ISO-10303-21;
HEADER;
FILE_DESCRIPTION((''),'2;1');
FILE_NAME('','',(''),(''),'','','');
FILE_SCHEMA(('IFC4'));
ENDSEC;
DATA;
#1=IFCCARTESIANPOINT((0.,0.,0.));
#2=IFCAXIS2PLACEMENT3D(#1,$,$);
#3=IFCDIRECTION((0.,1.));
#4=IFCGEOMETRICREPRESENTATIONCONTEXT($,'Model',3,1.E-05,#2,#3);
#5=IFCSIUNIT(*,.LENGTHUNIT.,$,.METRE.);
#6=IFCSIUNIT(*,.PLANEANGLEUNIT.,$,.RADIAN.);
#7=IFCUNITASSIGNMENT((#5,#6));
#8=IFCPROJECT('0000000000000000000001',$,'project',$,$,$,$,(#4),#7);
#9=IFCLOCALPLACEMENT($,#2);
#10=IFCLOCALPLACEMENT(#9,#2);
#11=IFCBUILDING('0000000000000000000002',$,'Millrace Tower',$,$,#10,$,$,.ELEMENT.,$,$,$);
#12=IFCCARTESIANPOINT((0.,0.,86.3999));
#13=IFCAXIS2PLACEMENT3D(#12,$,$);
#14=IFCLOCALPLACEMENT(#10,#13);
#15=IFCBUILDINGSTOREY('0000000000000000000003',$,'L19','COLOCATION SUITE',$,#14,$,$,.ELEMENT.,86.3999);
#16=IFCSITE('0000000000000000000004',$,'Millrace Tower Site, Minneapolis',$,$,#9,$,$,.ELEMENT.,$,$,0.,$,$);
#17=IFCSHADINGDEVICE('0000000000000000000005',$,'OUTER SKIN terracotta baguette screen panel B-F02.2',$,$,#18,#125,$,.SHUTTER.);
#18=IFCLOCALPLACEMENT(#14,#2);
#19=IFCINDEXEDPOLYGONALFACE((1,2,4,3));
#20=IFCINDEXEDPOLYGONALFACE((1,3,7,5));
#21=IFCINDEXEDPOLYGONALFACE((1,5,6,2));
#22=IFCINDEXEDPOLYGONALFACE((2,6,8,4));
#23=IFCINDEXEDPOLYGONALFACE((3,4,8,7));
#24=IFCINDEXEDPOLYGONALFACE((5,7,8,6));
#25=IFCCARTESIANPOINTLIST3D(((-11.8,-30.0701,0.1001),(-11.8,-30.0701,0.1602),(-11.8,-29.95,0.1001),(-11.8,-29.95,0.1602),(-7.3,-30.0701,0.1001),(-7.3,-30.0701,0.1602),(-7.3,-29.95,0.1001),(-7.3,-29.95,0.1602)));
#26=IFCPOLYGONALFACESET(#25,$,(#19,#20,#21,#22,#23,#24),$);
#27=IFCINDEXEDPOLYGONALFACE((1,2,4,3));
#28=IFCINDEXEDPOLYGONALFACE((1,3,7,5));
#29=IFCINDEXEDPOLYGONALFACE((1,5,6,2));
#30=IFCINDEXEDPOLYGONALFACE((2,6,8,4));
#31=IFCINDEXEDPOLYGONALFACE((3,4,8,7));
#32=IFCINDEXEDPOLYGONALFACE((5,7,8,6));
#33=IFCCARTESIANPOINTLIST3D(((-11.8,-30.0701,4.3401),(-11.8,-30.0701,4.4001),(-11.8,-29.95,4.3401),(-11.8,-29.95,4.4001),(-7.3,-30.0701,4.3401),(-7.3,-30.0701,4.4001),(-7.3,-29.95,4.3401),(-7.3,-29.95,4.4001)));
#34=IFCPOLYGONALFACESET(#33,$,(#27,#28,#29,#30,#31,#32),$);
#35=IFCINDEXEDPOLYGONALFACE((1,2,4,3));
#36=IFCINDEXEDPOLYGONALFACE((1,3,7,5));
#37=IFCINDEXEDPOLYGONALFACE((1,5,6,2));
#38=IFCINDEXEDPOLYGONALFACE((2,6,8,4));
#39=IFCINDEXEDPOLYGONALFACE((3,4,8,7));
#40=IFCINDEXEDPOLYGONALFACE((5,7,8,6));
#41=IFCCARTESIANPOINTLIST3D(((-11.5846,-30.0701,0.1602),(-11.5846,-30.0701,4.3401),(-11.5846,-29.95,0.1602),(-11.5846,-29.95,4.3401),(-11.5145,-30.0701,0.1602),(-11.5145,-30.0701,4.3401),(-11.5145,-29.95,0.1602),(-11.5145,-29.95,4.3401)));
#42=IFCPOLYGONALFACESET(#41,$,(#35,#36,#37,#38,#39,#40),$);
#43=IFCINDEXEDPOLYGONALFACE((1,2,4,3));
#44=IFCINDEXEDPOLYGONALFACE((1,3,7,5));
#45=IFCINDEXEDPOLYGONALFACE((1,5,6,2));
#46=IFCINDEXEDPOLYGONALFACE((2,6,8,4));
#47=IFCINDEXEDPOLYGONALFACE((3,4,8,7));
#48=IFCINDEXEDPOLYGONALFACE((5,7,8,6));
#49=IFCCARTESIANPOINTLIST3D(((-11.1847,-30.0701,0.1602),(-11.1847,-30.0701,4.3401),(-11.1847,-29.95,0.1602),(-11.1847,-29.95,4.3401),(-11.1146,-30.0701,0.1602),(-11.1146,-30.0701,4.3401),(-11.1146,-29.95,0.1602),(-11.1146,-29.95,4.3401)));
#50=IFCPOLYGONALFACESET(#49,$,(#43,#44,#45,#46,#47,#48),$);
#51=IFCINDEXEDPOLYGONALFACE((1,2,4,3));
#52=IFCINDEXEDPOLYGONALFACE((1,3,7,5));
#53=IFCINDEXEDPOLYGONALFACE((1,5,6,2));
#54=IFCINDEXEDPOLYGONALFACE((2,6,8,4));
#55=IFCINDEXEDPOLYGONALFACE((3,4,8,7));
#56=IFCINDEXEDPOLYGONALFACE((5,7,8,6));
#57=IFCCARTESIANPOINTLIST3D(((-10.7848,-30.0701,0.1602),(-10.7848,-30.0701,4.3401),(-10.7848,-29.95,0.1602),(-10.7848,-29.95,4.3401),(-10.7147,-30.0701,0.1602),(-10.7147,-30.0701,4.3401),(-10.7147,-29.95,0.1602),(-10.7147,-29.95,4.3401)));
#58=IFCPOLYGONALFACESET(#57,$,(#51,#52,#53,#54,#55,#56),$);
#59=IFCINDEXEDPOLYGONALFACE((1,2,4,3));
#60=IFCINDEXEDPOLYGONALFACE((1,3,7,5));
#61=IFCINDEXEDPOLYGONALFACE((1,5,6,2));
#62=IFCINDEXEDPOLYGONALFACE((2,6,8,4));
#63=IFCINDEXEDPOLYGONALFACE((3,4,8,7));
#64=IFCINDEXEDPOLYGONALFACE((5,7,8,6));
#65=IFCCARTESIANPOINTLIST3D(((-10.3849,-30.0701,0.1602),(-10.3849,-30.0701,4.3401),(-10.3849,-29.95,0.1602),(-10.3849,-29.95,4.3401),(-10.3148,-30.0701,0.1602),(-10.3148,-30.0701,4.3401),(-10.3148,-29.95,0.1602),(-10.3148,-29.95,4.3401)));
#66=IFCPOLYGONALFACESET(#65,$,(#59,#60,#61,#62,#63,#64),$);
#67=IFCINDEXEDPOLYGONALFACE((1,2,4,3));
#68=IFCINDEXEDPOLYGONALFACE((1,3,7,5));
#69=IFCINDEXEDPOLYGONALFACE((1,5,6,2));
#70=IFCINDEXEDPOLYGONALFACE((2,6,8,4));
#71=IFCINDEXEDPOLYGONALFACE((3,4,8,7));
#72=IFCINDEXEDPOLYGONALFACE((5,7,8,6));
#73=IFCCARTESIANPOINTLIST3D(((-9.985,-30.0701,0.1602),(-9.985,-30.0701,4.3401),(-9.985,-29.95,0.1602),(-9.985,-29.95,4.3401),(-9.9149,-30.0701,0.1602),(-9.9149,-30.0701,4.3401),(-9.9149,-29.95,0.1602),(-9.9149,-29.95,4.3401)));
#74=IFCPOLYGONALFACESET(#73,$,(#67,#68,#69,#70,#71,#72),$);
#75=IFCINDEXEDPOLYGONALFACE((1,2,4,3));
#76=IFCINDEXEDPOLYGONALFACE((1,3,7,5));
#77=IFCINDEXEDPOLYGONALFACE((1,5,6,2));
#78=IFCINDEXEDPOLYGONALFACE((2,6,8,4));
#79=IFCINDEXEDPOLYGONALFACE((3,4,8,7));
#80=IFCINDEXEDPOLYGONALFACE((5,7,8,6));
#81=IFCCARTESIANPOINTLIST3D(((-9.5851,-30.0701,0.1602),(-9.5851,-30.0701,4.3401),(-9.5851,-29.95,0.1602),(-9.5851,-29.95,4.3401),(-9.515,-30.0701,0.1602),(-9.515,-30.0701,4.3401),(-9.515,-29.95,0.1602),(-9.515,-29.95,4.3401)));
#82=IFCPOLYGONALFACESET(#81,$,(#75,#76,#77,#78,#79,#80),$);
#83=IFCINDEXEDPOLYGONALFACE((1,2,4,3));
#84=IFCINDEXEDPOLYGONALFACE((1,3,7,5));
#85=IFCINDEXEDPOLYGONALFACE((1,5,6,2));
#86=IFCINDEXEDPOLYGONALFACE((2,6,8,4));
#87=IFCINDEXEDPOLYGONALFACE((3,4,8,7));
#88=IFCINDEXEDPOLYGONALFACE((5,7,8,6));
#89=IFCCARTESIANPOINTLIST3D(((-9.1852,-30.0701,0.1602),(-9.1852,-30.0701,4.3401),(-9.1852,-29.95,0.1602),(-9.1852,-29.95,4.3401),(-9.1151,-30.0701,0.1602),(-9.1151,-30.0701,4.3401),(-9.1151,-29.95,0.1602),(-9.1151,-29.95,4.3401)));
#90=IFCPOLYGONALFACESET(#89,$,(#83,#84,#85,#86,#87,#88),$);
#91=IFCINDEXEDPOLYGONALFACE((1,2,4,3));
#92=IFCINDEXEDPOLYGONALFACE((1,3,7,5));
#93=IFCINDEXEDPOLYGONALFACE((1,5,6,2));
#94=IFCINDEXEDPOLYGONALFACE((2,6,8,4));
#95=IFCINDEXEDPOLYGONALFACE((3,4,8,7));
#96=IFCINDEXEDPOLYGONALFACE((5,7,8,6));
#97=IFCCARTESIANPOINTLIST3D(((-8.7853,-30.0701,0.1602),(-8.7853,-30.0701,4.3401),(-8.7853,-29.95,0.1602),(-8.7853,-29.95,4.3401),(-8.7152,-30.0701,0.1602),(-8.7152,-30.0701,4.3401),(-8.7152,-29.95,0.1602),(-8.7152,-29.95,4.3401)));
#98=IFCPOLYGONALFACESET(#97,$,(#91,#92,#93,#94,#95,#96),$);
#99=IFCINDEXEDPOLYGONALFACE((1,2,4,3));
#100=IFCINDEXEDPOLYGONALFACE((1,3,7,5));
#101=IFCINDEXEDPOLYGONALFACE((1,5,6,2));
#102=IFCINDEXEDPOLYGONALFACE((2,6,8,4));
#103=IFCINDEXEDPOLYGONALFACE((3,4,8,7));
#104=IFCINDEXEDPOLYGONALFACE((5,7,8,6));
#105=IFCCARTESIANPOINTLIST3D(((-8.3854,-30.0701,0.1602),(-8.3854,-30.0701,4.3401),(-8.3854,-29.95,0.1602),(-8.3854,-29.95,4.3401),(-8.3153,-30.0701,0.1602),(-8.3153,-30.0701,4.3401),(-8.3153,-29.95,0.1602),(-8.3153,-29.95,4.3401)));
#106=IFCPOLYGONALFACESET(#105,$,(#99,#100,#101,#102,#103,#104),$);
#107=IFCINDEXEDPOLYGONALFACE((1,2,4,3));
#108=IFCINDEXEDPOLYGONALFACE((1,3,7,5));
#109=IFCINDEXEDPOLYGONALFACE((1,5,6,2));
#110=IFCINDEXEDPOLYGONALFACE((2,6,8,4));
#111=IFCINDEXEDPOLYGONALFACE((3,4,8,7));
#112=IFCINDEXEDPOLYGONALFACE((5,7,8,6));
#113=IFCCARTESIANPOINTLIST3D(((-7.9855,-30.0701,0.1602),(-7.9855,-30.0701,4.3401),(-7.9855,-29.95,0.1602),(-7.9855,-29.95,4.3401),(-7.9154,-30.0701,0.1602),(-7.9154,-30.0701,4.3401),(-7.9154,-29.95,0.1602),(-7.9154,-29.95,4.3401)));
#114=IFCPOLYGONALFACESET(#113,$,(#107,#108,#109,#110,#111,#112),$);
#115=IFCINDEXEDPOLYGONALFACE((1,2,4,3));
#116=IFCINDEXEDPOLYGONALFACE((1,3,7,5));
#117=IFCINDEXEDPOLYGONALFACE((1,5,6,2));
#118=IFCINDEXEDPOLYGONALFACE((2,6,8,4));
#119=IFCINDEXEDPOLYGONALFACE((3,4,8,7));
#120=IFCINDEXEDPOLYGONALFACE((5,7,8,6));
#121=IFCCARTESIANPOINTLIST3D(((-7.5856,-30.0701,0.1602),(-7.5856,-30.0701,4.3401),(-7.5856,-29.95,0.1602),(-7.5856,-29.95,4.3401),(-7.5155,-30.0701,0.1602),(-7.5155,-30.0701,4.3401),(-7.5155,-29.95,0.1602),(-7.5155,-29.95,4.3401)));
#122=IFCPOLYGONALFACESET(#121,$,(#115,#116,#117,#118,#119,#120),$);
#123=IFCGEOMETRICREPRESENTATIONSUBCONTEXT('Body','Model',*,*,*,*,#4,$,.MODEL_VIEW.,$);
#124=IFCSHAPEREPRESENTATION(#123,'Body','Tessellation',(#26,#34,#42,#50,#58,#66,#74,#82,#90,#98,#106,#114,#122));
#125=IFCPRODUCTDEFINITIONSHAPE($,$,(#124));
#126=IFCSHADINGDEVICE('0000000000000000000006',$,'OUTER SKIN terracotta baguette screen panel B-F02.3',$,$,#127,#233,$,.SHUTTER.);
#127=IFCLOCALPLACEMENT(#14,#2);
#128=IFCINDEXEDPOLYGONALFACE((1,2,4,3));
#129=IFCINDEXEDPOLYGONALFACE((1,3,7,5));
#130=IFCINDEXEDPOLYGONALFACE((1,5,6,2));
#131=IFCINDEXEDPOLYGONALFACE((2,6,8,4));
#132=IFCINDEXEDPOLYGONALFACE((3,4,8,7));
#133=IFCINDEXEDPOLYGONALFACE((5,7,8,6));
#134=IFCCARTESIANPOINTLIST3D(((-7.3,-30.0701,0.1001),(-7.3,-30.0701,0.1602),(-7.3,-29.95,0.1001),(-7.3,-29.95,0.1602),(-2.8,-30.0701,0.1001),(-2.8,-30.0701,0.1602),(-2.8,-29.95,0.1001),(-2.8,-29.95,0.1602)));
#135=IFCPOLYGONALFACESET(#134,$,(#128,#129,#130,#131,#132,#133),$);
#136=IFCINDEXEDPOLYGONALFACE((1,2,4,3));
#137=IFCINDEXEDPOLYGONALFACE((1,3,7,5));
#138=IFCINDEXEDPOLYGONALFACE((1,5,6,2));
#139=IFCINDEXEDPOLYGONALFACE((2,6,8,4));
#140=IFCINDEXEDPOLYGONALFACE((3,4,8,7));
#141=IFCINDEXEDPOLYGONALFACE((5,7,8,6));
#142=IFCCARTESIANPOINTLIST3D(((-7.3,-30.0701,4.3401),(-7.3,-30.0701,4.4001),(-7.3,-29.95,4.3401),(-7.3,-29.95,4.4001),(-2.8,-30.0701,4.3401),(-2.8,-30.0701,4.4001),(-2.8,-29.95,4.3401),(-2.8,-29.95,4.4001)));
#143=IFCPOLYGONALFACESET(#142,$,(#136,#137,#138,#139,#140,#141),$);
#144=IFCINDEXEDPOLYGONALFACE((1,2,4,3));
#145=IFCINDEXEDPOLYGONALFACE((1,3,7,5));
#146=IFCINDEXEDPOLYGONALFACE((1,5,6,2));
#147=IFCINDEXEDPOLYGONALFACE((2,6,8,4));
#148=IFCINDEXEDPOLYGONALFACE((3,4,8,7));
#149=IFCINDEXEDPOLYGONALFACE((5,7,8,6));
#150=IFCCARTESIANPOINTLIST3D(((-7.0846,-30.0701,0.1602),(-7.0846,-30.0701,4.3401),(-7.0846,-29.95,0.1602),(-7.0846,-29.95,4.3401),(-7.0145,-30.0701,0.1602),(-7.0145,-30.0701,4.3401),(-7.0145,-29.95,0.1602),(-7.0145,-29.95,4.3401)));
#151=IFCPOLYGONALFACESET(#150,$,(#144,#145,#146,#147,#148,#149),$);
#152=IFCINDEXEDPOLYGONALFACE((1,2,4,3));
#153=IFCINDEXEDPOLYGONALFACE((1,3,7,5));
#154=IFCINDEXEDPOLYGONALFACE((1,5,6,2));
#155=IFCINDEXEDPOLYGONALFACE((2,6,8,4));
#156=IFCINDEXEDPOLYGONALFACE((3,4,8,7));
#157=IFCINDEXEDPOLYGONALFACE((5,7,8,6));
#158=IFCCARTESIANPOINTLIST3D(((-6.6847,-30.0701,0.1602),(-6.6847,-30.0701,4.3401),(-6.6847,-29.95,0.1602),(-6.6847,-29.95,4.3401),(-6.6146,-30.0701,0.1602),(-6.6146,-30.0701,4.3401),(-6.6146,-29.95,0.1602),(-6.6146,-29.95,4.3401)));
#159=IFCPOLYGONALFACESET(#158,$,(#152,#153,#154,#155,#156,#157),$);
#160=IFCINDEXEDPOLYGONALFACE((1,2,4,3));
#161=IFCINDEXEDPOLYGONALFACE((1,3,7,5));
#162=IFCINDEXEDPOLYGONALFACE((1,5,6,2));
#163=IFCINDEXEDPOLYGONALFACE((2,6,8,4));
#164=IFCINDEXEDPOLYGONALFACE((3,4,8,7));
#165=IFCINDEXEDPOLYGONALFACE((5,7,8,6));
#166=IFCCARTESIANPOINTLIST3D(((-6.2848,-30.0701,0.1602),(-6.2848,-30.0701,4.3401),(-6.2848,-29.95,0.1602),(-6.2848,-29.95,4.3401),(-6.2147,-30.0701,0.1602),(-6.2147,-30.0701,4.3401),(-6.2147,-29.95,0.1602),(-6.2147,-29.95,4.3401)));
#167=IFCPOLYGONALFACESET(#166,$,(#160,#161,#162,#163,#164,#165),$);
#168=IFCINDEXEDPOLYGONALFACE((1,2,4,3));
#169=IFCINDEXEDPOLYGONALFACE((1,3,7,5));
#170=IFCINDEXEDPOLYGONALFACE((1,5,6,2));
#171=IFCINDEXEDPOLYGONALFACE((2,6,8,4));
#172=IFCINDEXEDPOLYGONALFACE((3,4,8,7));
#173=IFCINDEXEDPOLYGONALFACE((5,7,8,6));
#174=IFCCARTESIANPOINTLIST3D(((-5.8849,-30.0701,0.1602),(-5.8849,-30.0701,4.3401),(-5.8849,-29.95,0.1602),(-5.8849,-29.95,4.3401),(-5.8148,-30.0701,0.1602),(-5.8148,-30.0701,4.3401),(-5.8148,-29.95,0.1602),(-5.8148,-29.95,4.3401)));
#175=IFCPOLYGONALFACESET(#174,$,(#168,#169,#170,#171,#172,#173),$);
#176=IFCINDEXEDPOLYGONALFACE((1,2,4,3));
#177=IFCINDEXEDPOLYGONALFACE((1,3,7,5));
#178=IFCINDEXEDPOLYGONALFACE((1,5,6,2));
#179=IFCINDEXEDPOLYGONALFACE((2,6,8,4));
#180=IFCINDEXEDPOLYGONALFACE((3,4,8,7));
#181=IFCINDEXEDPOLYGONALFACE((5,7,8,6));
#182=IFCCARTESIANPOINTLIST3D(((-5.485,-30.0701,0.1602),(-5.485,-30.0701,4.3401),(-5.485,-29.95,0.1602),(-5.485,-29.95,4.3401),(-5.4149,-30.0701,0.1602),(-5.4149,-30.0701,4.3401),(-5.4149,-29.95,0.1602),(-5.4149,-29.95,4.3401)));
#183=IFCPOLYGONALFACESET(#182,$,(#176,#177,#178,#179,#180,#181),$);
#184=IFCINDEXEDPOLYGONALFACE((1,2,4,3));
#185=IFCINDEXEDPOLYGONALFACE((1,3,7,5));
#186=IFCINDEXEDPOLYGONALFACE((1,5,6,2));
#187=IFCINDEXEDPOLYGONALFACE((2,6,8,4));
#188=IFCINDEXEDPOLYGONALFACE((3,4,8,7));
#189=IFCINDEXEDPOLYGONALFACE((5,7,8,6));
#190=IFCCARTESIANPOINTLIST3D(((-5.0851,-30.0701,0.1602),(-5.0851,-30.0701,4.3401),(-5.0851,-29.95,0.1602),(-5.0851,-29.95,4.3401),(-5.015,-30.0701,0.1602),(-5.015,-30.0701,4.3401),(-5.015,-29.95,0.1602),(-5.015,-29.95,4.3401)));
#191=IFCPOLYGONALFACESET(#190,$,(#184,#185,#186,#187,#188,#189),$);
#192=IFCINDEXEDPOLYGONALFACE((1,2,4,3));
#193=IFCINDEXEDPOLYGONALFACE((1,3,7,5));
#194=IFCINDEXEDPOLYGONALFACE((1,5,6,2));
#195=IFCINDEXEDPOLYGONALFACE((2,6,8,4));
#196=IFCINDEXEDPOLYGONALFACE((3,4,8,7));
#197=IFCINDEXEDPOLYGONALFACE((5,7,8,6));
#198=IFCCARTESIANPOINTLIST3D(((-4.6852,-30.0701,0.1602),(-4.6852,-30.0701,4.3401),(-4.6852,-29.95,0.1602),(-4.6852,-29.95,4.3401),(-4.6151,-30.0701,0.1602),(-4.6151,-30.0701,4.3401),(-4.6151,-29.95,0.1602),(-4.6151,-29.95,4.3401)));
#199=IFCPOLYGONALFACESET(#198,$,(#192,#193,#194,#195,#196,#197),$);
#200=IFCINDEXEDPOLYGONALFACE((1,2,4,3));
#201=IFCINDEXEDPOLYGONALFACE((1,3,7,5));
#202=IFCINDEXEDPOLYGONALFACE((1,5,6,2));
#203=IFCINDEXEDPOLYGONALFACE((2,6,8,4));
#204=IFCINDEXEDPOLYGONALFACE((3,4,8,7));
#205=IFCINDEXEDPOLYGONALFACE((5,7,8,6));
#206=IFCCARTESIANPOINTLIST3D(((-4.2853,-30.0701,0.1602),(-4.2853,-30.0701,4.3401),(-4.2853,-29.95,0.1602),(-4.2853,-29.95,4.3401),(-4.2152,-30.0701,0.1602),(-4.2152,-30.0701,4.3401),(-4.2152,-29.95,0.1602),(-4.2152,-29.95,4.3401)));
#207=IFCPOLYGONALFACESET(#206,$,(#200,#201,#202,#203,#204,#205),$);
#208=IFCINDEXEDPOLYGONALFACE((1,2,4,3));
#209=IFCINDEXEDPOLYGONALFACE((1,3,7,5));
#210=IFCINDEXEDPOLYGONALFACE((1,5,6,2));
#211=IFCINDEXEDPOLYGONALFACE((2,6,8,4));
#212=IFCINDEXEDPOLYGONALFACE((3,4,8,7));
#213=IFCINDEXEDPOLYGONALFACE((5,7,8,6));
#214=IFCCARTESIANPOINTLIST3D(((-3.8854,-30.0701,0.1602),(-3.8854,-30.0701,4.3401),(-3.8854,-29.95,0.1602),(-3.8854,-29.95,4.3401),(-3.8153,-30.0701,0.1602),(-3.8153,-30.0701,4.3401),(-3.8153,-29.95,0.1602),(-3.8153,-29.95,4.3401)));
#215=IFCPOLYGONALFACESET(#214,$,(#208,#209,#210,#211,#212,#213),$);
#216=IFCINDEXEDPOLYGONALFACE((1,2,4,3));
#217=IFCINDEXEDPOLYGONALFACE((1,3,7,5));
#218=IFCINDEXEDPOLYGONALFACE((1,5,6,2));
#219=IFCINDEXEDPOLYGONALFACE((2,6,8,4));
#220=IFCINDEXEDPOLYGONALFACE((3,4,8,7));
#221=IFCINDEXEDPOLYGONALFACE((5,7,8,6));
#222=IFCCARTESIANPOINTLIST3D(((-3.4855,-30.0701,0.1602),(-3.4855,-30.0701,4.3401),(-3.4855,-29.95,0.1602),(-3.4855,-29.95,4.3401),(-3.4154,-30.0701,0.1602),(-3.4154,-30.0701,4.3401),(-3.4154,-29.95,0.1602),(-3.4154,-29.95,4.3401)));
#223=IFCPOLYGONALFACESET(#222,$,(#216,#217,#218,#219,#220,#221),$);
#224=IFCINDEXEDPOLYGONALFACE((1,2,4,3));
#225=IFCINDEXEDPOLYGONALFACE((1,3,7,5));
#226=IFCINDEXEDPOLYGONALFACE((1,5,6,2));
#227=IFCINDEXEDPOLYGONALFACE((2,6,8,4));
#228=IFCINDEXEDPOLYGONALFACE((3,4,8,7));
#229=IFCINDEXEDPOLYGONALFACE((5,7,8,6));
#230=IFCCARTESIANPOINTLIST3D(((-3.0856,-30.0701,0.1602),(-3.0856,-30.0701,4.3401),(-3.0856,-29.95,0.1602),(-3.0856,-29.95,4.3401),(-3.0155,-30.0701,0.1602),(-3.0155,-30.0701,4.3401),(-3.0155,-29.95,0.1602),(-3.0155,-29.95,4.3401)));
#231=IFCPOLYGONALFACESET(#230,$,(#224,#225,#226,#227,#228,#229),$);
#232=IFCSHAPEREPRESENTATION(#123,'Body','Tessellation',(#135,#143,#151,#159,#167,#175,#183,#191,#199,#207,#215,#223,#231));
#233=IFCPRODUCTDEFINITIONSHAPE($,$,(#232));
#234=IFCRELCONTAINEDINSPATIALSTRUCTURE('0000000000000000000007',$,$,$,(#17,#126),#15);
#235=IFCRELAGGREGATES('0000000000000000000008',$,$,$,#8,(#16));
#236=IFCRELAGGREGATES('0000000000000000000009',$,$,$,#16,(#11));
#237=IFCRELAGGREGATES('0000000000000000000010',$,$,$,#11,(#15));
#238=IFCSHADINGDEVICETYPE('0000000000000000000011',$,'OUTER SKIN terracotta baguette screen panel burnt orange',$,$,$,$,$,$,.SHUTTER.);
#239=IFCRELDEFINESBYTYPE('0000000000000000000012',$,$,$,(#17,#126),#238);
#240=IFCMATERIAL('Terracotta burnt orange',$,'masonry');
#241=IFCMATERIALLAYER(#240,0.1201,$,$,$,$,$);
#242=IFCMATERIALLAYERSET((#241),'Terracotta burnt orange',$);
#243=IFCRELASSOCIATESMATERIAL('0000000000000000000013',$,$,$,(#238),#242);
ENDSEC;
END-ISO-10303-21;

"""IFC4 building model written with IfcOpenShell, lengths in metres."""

from ifc_helpers import new_model, entity, si_unit, direction, frame, frame_2d, origin, origin_2d, place, context, subcontext, project, spatial, rectangle, extrude, source, transform, mapped, material, layer, layer_set, type_object, element, save


model = new_model("IFC4")

# Units and contexts
model_context = context("Model", 3, precision=1e-05, world=origin(), true_north=direction((0.0, 1.0)))
body_context = subcontext(model_context, "Body", "Model", "MODEL_VIEW")
ifc_project = project(units=[si_unit("LENGTHUNIT", "METRE"), si_unit("PLANEANGLEUNIT", "RADIAN")], contexts=[model_context])

# Site, building, storey
site_placement = place(None, origin())
site = spatial("IfcSite", under=ifc_project, at=site_placement, Name="Millrace Tower Site, Minneapolis", CompositionType="ELEMENT", RefElevation=0.0)
building_placement = place(site_placement, origin())
building = spatial("IfcBuilding", under=site, at=building_placement, Name="Millrace Tower", CompositionType="ELEMENT")
storey_placement = place(building_placement, frame((0.0, 0.0, 86.3999)))
storey = spatial("IfcBuildingStorey", under=building, at=storey_placement, Name="L19", Description="COLOCATION SUITE", CompositionType="ELEMENT", Elevation=86.3999)

# Shading devices
ifc_material_1 = material(Name="Terracotta burnt orange", Category="masonry")
ifc_layer_1 = layer(ifc_material_1, 0.1201)
ifc_layer_set_1 = layer_set([ifc_layer_1], Name="Terracotta burnt orange")
shading_device_type = type_object("IfcShadingDeviceType", Name="OUTER SKIN terracotta baguette screen panel burnt orange", PredefinedType="SHUTTER", material=ifc_layer_set_1)
cartesian_point_1 = entity("IfcCartesianPoint", [-2.25, 0.0601])
shared_polyline_1 = entity("IfcPolyline", [cartesian_point_1, entity("IfcCartesianPoint", [2.25, 0.0601]), entity("IfcCartesianPoint", [2.25, -0.0601]), entity("IfcCartesianPoint", [-2.25, -0.0601]), cartesian_point_1])
shared_shape_1 = source(origin(), body_context, "Body", "SweptSolid", [
    entity("IfcExtrudedAreaSolid", entity("IfcArbitraryClosedProfileDef", "AREA", None, shared_polyline_1), entity("IfcAxis2Placement3D", entity("IfcCartesianPoint", [0.0, 0.0, 0.0])), entity("IfcDirection", [0.0, 0.0, 1.0]), 0.0601),
    entity("IfcExtrudedAreaSolid", entity("IfcArbitraryClosedProfileDef", "AREA", None, shared_polyline_1), entity("IfcAxis2Placement3D", entity("IfcCartesianPoint", [0.0, 0.0, 4.24])), entity("IfcDirection", [0.0, 0.0, 1.0]), 0.0601),
    extrude(rectangle(XDim=0.0701, YDim=0.1201, at=frame_2d((-1.9995, 0.0))), frame((0.0, 0.0, 0.0601)), (0.0, 0.0, 1.0), 4.1799),
    extrude(rectangle(XDim=0.0701, YDim=0.1201, at=frame_2d((-1.5996, 0.0))), frame((0.0, 0.0, 0.0601)), (0.0, 0.0, 1.0), 4.1799),
    extrude(rectangle(XDim=0.0701, YDim=0.1201, at=frame_2d((-1.1997, 0.0))), frame((0.0, 0.0, 0.0601)), (0.0, 0.0, 1.0), 4.1799),
    extrude(rectangle(XDim=0.0701, YDim=0.1201, at=frame_2d((-0.7998, 0.0))), frame((0.0, 0.0, 0.0601)), (0.0, 0.0, 1.0), 4.1799),
    extrude(rectangle(XDim=0.0701, YDim=0.1201, at=frame_2d((-0.3999, 0.0))), frame((0.0, 0.0, 0.0601)), (0.0, 0.0, 1.0), 4.1799),
    extrude(rectangle(XDim=0.0701, YDim=0.1201, at=origin_2d()), frame((0.0, 0.0, 0.0601)), (0.0, 0.0, 1.0), 4.1799),
    extrude(rectangle(XDim=0.0701, YDim=0.1201, at=frame_2d((0.3999, 0.0))), frame((0.0, 0.0, 0.0601)), (0.0, 0.0, 1.0), 4.1799),
    extrude(rectangle(XDim=0.0701, YDim=0.1201, at=frame_2d((0.7998, 0.0))), frame((0.0, 0.0, 0.0601)), (0.0, 0.0, 1.0), 4.1799),
    extrude(rectangle(XDim=0.0701, YDim=0.1201, at=frame_2d((1.1997, 0.0))), frame((0.0, 0.0, 0.0601)), (0.0, 0.0, 1.0), 4.1799),
    extrude(rectangle(XDim=0.0701, YDim=0.1201, at=frame_2d((1.5996, 0.0))), frame((0.0, 0.0, 0.0601)), (0.0, 0.0, 1.0), 4.1799),
    extrude(rectangle(XDim=0.0701, YDim=0.1201, at=frame_2d((1.9995, 0.0))), frame((0.0, 0.0, 0.0601)), (0.0, 0.0, 1.0), 4.1799),
])
for number, where, z_axis, x_axis, name in (
    (1, (-9.55, -30.01, 0.1001), (0.0, 0.0, 1.0), (1.0, 0.0, 0.0), "OUTER SKIN terracotta baguette screen panel B-F02.2"),
    (2, (-5.05, -30.01, 0.1001), (0.0, 0.0, 1.0), (1.0, 0.0, 0.0), "OUTER SKIN terracotta baguette screen panel B-F02.3"),
):
    element("IfcShadingDevice", number, at=place(storey_placement, frame(where, z_axis=z_axis, x_axis=x_axis)), inside=storey, type_object=shading_device_type, Name=name, PredefinedType="SHUTTER", context=body_context, shape_type="MappedRepresentation", body=[
        mapped(shared_shape_1, transform((0.0, 0.0, 0.0), scale=1.0)),
    ])

save(model, "model.ifc")
